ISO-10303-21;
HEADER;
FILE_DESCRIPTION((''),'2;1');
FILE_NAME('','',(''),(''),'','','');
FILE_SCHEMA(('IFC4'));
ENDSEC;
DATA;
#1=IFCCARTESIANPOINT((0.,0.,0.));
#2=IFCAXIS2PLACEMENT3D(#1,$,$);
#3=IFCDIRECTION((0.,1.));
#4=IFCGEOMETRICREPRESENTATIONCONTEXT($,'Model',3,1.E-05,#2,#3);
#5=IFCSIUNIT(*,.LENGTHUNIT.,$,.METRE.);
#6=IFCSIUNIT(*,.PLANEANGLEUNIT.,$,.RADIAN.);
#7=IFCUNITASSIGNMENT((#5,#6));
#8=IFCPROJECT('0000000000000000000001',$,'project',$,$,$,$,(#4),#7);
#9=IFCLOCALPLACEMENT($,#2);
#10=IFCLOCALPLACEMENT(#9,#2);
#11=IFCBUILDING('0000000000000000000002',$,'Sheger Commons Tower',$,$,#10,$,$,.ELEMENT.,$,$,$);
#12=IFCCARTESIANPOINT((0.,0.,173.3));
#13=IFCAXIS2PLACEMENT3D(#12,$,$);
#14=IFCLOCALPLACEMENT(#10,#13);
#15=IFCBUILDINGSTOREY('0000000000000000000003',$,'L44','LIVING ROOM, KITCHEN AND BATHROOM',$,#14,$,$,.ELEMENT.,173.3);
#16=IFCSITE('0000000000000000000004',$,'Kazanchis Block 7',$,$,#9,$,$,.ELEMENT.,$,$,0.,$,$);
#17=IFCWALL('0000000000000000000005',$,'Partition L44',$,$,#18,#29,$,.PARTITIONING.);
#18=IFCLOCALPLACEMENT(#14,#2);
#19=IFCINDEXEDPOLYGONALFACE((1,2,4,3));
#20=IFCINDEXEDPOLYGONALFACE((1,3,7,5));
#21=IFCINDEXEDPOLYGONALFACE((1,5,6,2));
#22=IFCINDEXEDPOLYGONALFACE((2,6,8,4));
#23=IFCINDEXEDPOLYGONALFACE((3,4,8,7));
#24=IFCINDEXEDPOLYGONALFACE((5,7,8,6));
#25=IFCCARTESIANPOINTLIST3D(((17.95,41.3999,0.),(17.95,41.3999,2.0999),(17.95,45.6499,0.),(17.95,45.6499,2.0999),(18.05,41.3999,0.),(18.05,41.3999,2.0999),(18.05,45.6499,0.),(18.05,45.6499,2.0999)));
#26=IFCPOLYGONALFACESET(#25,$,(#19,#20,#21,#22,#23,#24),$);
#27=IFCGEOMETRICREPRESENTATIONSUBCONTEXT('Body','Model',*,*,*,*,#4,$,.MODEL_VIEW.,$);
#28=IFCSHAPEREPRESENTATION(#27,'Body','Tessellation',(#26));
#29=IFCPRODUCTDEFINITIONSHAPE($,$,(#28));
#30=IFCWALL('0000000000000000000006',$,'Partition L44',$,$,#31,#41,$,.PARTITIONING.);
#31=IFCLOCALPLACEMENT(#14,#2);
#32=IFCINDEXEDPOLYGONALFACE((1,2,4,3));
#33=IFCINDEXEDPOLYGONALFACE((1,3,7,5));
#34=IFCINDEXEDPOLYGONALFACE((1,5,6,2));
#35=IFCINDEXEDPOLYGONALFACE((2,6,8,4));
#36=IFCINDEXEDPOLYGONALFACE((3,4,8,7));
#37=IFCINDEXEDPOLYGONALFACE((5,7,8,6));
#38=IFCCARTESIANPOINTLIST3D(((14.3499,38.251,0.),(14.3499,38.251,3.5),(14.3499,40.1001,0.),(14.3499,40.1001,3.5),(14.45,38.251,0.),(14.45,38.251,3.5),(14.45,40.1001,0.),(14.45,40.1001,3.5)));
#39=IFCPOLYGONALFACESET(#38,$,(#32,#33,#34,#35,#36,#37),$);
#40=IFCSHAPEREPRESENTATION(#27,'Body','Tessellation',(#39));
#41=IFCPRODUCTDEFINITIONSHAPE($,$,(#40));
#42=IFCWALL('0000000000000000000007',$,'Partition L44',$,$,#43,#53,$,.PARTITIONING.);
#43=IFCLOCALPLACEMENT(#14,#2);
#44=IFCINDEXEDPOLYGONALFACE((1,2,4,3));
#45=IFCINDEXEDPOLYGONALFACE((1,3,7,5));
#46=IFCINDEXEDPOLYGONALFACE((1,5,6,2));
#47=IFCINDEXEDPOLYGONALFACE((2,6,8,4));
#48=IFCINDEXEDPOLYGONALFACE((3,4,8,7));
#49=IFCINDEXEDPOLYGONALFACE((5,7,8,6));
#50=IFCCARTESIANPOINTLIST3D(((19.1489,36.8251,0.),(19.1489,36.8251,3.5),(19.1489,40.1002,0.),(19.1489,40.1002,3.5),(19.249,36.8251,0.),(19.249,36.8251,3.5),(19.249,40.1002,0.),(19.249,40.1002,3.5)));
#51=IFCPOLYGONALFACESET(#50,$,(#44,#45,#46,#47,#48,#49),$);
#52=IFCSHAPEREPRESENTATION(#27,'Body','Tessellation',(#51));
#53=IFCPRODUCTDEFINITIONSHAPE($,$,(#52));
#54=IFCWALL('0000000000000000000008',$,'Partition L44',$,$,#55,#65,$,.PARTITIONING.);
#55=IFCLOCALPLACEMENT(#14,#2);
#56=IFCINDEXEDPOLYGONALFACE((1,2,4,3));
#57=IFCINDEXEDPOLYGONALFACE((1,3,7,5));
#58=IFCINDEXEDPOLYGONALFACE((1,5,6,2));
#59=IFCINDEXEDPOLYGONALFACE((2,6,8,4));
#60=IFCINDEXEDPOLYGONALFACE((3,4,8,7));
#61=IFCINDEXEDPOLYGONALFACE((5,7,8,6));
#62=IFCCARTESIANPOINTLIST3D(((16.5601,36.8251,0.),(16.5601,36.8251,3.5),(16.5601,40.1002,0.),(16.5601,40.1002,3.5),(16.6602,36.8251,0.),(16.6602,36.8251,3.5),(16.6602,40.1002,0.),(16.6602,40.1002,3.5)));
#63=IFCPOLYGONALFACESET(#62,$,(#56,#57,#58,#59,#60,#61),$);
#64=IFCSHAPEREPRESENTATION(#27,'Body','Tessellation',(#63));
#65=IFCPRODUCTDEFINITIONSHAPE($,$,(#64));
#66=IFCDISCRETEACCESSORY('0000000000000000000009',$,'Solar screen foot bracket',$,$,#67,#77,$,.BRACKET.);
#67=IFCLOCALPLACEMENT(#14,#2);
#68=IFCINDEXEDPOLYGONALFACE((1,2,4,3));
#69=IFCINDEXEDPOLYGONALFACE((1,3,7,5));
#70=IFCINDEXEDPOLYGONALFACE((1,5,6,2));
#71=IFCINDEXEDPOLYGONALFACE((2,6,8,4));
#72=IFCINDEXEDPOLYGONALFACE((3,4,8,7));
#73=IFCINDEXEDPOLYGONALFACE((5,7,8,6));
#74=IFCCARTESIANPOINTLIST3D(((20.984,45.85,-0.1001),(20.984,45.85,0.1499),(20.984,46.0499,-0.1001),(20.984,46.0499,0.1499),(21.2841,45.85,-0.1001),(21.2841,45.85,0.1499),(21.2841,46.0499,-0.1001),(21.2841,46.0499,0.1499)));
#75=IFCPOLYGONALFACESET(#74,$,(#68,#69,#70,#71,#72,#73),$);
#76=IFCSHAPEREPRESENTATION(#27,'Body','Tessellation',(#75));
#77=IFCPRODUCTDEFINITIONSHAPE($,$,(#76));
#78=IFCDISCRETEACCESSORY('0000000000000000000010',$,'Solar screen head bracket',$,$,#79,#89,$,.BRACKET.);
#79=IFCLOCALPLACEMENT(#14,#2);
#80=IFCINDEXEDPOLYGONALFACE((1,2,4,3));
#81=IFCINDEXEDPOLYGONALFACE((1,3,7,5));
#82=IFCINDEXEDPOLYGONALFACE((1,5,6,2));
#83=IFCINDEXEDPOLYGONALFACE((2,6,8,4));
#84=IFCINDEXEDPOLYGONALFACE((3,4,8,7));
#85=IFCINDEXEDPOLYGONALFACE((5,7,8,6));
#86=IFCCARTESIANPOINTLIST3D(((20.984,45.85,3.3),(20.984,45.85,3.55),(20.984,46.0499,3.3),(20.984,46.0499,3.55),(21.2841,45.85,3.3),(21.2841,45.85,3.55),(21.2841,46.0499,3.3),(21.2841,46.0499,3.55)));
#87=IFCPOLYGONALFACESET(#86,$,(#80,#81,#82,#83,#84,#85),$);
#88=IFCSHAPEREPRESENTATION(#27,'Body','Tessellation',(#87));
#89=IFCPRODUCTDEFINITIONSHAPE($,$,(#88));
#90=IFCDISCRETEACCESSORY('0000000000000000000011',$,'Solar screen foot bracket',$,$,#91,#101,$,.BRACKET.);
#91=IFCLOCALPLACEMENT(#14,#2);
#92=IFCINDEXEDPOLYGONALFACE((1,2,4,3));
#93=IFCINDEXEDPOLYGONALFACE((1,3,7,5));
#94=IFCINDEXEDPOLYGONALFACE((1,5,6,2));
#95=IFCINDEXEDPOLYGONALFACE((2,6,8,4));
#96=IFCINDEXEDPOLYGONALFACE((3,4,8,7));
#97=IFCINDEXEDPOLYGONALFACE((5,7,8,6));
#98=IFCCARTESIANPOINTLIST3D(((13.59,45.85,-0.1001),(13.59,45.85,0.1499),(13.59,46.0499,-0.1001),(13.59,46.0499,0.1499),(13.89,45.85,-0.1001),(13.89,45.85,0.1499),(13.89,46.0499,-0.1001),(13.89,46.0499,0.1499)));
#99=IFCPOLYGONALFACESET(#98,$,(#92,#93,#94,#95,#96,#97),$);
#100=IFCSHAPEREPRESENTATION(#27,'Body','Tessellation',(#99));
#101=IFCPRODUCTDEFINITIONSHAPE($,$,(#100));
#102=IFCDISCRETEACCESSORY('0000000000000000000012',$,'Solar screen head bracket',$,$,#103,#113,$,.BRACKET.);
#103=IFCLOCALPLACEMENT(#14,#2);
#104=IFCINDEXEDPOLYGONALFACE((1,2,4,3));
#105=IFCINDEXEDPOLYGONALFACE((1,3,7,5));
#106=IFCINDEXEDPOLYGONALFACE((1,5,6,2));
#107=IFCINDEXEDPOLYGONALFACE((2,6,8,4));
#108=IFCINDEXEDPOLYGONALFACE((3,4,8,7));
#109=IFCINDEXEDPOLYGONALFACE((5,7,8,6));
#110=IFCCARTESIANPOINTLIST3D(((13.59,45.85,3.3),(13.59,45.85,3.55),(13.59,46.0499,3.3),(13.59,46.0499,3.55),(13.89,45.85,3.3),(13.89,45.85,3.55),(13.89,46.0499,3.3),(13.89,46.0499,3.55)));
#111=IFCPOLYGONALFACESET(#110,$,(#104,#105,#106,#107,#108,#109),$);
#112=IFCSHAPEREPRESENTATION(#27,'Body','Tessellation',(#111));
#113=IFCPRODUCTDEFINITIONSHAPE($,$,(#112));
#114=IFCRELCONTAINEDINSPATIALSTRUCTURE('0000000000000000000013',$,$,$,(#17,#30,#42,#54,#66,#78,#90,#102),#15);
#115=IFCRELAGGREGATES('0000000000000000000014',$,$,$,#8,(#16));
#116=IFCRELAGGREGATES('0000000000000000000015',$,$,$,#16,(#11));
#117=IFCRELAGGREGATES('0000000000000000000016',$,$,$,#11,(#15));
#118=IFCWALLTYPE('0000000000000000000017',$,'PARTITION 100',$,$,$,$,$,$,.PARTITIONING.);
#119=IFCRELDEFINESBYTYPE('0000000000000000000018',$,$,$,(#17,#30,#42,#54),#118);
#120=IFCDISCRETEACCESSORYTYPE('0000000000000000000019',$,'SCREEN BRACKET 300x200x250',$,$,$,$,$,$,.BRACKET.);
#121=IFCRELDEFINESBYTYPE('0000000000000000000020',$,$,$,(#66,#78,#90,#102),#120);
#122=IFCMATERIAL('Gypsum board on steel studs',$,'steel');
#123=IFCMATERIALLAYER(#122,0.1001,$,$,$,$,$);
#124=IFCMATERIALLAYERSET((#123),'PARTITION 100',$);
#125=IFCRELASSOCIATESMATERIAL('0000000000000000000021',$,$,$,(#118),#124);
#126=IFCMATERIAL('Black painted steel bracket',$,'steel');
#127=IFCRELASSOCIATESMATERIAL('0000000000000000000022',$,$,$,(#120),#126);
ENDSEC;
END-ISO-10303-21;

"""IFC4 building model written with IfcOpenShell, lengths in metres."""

from ifc_helpers import new_model, si_unit, direction, frame, frame_2d, origin, origin_2d, place, context, subcontext, project, spatial, rectangle, extrude, material, layer, layer_set, type_object, element, save


model = new_model("IFC4")

# Units and contexts
model_context = context("Model", 3, precision=1e-05, world=origin(), true_north=direction((0.0, 1.0)))
body_context = subcontext(model_context, "Body", "Model", "MODEL_VIEW")
ifc_project = project(units=[si_unit("LENGTHUNIT", "METRE"), si_unit("PLANEANGLEUNIT", "RADIAN")], contexts=[model_context])

# Site, building, storey
site_placement = place(None, origin())
site = spatial("IfcSite", under=ifc_project, at=site_placement, Name="Kazanchis Block 7", CompositionType="ELEMENT", RefElevation=0.0)
building_placement = place(site_placement, origin())
building = spatial("IfcBuilding", under=site, at=building_placement, Name="Sheger Commons Tower", CompositionType="ELEMENT")
storey_placement = place(building_placement, frame((0.0, 0.0, 173.3)))
storey = spatial("IfcBuildingStorey", under=building, at=storey_placement, Name="L44", Description="LIVING ROOM, KITCHEN AND BATHROOM", CompositionType="ELEMENT", Elevation=173.3)

# Shared definitions
ifc_material_1 = material(Name="Gypsum board on steel studs", Category="steel")
ifc_layer_1 = layer(ifc_material_1, 0.1001)
ifc_layer_set_1 = layer_set([ifc_layer_1], Name="PARTITION 100")
wall_type_1 = type_object("IfcWallType", Name="PARTITION 100", PredefinedType="PARTITIONING", material=ifc_layer_set_1)

# Walls
wall_1_placement = place(storey_placement, frame((18.0, 41.3999, 0.0), z_axis=(0.0, 0.0, 1.0), x_axis=(0.0, 1.0, 0.0)))
element("IfcWall", 1, at=wall_1_placement, inside=storey, type_object=wall_type_1, Name="Partition L44", PredefinedType="PARTITIONING", context=body_context, shape_type="SweptSolid", body=[
    extrude(rectangle(XDim=4.25, YDim=0.1001, at=frame_2d((2.125, 0.0))), origin(), (0.0, 0.0, 1.0), 2.0999),
])
wall_2_placement = place(storey_placement, frame((14.3999, 38.251, 0.0), z_axis=(0.0, 0.0, 1.0), x_axis=(0.0, 1.0, 0.0)))
element("IfcWall", 2, at=wall_2_placement, inside=storey, type_object=wall_type_1, Name="Partition L44", PredefinedType="PARTITIONING", context=body_context, shape_type="SweptSolid", body=[
    extrude(rectangle(XDim=1.8491, YDim=0.1001, at=frame_2d((0.9246, 0.0))), origin(), (0.0, 0.0, 1.0), 3.5),
])
for number, where, z_axis, x_axis, name in (
    (3, (19.199, 36.825, 0.0), (0.0, 0.0, 1.0), (0.0, 1.0, 0.0), "Partition L44"),
    (4, (16.6101, 36.825, 0.0), (0.0, 0.0, 1.0), (0.0, 1.0, 0.0), "Partition L44"),
):
    element("IfcWall", number, at=place(storey_placement, frame(where, z_axis=z_axis, x_axis=x_axis)), inside=storey, type_object=wall_type_1, Name=name, PredefinedType="PARTITIONING", context=body_context, shape_type="SweptSolid", body=[
        extrude(rectangle(XDim=3.2751, YDim=0.1001, at=frame_2d((1.6377, 0.0))), origin(), (0.0, 0.0, 1.0), 3.5),
    ])

# Discrete accessories
ifc_material_2 = material(Name="Black painted steel bracket", Category="steel")
discrete_accessory_type = type_object("IfcDiscreteAccessoryType", Name="SCREEN BRACKET 300x200x250", PredefinedType="BRACKET", material=ifc_material_2)
for number, where, z_axis, x_axis, name in (
    (5, (21.134, 45.95, -0.1001), (0.0, 0.0, 1.0), (-1.0, 0.0, 0.0), "Solar screen foot bracket"),
    (6, (21.134, 45.95, 3.3), (0.0, 0.0, 1.0), (-1.0, 0.0, 0.0), "Solar screen head bracket"),
    (7, (13.74, 45.95, -0.1001), (0.0, 0.0, 1.0), (-1.0, 0.0, 0.0), "Solar screen foot bracket"),
    (8, (13.74, 45.95, 3.3), (0.0, 0.0, 1.0), (-1.0, 0.0, 0.0), "Solar screen head bracket"),
):
    element("IfcDiscreteAccessory", number, at=place(storey_placement, frame(where, z_axis=z_axis, x_axis=x_axis)), inside=storey, type_object=discrete_accessory_type, Name=name, PredefinedType="BRACKET", context=body_context, shape_type="SweptSolid", body=[
        extrude(rectangle(XDim=0.3, YDim=0.2, at=origin_2d()), origin(), (0.0, 0.0, 1.0), 0.25),
    ])

save(model, "model.ifc")
